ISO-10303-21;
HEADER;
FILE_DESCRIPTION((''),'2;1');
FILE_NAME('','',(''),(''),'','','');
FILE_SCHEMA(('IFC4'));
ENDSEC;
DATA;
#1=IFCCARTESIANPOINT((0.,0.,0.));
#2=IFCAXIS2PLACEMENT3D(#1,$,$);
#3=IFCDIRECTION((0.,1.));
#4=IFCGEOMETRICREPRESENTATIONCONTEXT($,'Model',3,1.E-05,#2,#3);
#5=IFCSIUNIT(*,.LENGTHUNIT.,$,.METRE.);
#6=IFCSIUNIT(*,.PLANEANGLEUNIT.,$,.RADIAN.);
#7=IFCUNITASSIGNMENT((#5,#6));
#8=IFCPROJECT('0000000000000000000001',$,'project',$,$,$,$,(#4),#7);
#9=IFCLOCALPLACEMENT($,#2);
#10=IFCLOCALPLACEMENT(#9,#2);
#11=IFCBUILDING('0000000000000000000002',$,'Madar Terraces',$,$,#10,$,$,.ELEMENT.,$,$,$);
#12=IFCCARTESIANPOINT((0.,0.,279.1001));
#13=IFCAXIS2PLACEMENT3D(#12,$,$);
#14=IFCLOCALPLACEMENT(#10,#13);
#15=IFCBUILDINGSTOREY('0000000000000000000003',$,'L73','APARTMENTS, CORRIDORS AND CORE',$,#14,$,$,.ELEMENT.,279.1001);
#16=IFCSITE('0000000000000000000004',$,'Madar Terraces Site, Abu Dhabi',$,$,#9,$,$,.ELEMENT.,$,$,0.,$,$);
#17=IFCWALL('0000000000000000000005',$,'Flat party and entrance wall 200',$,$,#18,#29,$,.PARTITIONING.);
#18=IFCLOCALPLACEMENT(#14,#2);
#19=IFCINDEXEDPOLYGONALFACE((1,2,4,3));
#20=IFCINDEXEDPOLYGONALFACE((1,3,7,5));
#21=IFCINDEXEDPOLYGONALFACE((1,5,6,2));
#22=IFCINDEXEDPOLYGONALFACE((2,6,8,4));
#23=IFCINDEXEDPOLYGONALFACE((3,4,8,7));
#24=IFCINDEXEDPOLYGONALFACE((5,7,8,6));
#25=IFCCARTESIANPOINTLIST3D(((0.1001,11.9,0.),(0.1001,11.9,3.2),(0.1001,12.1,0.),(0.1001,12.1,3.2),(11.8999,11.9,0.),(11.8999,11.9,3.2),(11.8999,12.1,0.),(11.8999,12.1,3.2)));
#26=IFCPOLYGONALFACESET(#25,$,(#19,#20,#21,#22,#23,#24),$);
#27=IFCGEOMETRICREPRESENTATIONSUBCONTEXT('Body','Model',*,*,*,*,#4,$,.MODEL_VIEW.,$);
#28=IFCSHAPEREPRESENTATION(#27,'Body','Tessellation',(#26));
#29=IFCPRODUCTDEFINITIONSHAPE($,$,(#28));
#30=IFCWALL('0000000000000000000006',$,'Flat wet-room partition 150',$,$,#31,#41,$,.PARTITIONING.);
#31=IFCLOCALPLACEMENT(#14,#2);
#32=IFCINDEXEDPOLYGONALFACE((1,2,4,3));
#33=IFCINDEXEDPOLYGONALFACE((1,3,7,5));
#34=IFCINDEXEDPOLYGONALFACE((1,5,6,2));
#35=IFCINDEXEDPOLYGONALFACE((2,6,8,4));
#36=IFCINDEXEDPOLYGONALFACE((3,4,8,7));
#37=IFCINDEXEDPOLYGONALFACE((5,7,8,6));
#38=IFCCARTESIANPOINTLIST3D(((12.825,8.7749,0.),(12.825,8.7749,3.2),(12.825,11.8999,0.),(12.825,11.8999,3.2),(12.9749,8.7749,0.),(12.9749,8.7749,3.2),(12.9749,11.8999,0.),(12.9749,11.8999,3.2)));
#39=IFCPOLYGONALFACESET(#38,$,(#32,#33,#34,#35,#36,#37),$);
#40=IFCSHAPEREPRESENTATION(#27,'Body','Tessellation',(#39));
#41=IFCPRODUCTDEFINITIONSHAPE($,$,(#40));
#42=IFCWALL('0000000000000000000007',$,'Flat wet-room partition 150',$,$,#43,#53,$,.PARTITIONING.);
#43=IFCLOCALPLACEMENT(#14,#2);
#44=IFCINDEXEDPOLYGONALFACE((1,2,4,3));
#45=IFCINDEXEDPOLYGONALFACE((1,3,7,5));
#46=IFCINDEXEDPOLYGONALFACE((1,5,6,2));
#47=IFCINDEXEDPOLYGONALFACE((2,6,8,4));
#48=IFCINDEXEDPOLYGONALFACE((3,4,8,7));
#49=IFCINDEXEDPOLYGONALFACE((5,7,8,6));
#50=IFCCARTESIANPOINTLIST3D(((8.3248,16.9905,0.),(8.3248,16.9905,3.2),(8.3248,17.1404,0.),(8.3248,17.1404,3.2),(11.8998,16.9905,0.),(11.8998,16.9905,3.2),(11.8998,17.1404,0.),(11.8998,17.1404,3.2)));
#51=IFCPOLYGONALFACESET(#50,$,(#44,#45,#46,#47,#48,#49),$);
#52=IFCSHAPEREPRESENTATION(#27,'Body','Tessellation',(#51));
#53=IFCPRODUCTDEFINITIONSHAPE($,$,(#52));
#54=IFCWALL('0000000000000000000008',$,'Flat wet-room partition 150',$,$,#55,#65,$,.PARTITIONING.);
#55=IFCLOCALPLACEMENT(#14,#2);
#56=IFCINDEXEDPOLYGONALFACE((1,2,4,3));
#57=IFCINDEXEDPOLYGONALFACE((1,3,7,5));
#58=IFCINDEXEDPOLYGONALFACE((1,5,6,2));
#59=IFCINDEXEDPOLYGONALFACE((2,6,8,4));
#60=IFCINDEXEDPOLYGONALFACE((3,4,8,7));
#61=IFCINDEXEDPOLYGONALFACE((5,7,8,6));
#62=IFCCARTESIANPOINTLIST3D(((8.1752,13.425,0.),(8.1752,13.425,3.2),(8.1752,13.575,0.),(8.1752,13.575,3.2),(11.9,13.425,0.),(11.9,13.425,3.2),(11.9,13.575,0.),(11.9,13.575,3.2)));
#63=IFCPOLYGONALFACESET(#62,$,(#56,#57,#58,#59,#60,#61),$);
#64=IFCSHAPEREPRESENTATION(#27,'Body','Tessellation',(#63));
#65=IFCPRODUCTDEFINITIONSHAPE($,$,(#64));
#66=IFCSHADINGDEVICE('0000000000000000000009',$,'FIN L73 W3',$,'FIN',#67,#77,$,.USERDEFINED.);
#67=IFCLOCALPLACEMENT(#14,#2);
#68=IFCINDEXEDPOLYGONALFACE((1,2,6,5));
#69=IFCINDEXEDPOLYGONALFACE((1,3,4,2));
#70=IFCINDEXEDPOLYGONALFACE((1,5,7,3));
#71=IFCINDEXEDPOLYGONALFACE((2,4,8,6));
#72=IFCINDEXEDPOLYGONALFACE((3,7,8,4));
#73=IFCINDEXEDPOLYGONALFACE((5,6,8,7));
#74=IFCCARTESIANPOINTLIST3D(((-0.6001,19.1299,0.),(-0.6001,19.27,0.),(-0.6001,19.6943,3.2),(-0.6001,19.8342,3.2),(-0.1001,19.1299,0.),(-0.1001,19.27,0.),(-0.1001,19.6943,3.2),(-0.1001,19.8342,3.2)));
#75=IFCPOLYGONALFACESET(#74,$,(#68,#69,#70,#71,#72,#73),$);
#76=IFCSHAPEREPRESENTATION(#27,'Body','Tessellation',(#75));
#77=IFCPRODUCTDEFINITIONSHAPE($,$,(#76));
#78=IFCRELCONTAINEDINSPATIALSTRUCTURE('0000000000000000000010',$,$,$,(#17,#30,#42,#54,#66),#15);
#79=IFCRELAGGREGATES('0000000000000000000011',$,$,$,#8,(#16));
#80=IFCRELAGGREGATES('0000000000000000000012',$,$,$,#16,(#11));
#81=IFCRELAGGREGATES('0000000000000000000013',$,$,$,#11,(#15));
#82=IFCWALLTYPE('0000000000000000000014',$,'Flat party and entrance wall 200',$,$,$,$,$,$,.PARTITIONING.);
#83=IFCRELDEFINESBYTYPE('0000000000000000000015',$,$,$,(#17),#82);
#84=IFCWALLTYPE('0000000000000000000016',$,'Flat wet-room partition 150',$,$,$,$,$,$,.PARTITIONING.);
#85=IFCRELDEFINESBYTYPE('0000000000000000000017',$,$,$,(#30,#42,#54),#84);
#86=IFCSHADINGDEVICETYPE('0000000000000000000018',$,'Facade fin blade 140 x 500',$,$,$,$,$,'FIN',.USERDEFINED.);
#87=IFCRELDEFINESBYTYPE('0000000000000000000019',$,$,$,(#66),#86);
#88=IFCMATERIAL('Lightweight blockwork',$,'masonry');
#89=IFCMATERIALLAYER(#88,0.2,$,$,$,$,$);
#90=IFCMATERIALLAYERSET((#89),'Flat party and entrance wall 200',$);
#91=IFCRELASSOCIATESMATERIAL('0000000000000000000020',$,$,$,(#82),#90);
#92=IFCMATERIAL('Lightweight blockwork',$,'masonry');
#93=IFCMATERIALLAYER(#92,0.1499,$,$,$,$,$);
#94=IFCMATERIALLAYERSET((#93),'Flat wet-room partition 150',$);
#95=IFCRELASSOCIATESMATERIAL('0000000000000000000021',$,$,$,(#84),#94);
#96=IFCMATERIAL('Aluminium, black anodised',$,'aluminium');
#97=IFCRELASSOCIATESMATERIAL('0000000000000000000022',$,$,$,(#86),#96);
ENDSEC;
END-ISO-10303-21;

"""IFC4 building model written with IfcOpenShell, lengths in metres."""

from ifc_helpers import new_model, si_unit, direction, frame, frame_2d, origin, place, context, subcontext, project, spatial, polyline, rectangle, outline, extrude, material, layer, layer_set, type_object, element, save


model = new_model("IFC4")

# Units and contexts
model_context = context("Model", 3, precision=1e-05, world=origin(), true_north=direction((0.0, 1.0)))
body_context = subcontext(model_context, "Body", "Model", "MODEL_VIEW")
ifc_project = project(units=[si_unit("LENGTHUNIT", "METRE"), si_unit("PLANEANGLEUNIT", "RADIAN")], contexts=[model_context])

# Site, building, storey
site_placement = place(None, origin())
site = spatial("IfcSite", under=ifc_project, at=site_placement, Name="Madar Terraces Site, Abu Dhabi", CompositionType="ELEMENT", RefElevation=0.0)
building_placement = place(site_placement, origin())
building = spatial("IfcBuilding", under=site, at=building_placement, Name="Madar Terraces", CompositionType="ELEMENT")
storey_placement = place(building_placement, frame((0.0, 0.0, 279.1001)))
storey = spatial("IfcBuildingStorey", under=building, at=storey_placement, Name="L73", Description="APARTMENTS, CORRIDORS AND CORE", CompositionType="ELEMENT", Elevation=279.1001)

# Shared definitions
ifc_material_1 = material(Name="Lightweight blockwork", Category="masonry")
ifc_layer_1 = layer(ifc_material_1, 0.2)
ifc_layer_set_1 = layer_set([ifc_layer_1], Name="Flat party and entrance wall 200")
wall_type_1 = type_object("IfcWallType", Name="Flat party and entrance wall 200", PredefinedType="PARTITIONING", material=ifc_layer_set_1)

# Walls
wall_1_placement = place(storey_placement, frame((0.1001, 12.0, 0.0), z_axis=(0.0, 0.0, 1.0), x_axis=(1.0, 0.0, 0.0)))
element("IfcWall", 1, at=wall_1_placement, inside=storey, type_object=wall_type_1, Name="Flat party and entrance wall 200", PredefinedType="PARTITIONING", context=body_context, shape_type="SweptSolid", body=[
    extrude(rectangle(XDim=11.7998, YDim=0.2, at=frame_2d((5.8999, 0.0))), origin(), (0.0, 0.0, 1.0), 3.2),
])
ifc_material_2 = material(Name="Lightweight blockwork", Category="masonry")
ifc_layer_2 = layer(ifc_material_2, 0.1499)
ifc_layer_set_2 = layer_set([ifc_layer_2], Name="Flat wet-room partition 150")
wall_type_2 = type_object("IfcWallType", Name="Flat wet-room partition 150", PredefinedType="PARTITIONING", material=ifc_layer_set_2)
wall_2_placement = place(storey_placement, frame((12.8999, 11.8999, 0.0), z_axis=(0.0, 0.0, 1.0), x_axis=(0.0, -1.0, 0.0)))
element("IfcWall", 2, at=wall_2_placement, inside=storey, type_object=wall_type_2, Name="Flat wet-room partition 150", PredefinedType="PARTITIONING", context=body_context, shape_type="SweptSolid", body=[
    extrude(rectangle(XDim=3.125, YDim=0.1499, at=frame_2d((1.5625, 0.0))), origin(), (0.0, 0.0, 1.0), 3.2),
])
wall_3_placement = place(storey_placement, frame((11.8999, 17.0654, 0.0), z_axis=(0.0, 0.0, 1.0), x_axis=(-1.0, 0.0, 0.0)))
element("IfcWall", 3, at=wall_3_placement, inside=storey, type_object=wall_type_2, Name="Flat wet-room partition 150", PredefinedType="PARTITIONING", context=body_context, shape_type="SweptSolid", body=[
    extrude(rectangle(XDim=3.575, YDim=0.1499, at=frame_2d((1.7876, 0.0))), origin(), (0.0, 0.0, 1.0), 3.2),
])
wall_4_placement = place(storey_placement, frame((11.8999, 13.5, 0.0), z_axis=(0.0, 0.0, 1.0), x_axis=(-1.0, 0.0, 0.0)))
element("IfcWall", 4, at=wall_4_placement, inside=storey, type_object=wall_type_2, Name="Flat wet-room partition 150", PredefinedType="PARTITIONING", context=body_context, shape_type="SweptSolid", body=[
    extrude(rectangle(XDim=3.7249, YDim=0.1499, at=frame_2d((1.8623, 0.0))), origin(), (0.0, 0.0, 1.0), 3.2),
])

# Shading device
ifc_material_3 = material(Name="Aluminium, black anodised", Category="aluminium")
shading_device_type = type_object("IfcShadingDeviceType", Name="Facade fin blade 140 x 500", ElementType="FIN", PredefinedType="USERDEFINED", material=ifc_material_3)
shading_device_placement = place(storey_placement, frame((-0.3501, 19.27, 0.0), z_axis=(0.0, 0.0, 1.0), x_axis=(0.0, -1.0, 0.0)))
element("IfcShadingDevice", 5, at=shading_device_placement, inside=storey, type_object=shading_device_type, Name="FIN L73 W3", ObjectType="FIN", PredefinedType="USERDEFINED", context=body_context, shape_type="SweptSolid", body=[
    extrude(outline(polyline([(0.0, 0.0), (0.1401, 0.0), (-0.4243, 3.2), (-0.5642, 3.2), (0.0, 0.0)])), frame((0.0, 0.25, 0.0), z_axis=(0.0, -1.0, 0.0), x_axis=(1.0, 0.0, 0.0)), (0.0, 0.0, 1.0), 0.5),
])

save(model, "model.ifc")
